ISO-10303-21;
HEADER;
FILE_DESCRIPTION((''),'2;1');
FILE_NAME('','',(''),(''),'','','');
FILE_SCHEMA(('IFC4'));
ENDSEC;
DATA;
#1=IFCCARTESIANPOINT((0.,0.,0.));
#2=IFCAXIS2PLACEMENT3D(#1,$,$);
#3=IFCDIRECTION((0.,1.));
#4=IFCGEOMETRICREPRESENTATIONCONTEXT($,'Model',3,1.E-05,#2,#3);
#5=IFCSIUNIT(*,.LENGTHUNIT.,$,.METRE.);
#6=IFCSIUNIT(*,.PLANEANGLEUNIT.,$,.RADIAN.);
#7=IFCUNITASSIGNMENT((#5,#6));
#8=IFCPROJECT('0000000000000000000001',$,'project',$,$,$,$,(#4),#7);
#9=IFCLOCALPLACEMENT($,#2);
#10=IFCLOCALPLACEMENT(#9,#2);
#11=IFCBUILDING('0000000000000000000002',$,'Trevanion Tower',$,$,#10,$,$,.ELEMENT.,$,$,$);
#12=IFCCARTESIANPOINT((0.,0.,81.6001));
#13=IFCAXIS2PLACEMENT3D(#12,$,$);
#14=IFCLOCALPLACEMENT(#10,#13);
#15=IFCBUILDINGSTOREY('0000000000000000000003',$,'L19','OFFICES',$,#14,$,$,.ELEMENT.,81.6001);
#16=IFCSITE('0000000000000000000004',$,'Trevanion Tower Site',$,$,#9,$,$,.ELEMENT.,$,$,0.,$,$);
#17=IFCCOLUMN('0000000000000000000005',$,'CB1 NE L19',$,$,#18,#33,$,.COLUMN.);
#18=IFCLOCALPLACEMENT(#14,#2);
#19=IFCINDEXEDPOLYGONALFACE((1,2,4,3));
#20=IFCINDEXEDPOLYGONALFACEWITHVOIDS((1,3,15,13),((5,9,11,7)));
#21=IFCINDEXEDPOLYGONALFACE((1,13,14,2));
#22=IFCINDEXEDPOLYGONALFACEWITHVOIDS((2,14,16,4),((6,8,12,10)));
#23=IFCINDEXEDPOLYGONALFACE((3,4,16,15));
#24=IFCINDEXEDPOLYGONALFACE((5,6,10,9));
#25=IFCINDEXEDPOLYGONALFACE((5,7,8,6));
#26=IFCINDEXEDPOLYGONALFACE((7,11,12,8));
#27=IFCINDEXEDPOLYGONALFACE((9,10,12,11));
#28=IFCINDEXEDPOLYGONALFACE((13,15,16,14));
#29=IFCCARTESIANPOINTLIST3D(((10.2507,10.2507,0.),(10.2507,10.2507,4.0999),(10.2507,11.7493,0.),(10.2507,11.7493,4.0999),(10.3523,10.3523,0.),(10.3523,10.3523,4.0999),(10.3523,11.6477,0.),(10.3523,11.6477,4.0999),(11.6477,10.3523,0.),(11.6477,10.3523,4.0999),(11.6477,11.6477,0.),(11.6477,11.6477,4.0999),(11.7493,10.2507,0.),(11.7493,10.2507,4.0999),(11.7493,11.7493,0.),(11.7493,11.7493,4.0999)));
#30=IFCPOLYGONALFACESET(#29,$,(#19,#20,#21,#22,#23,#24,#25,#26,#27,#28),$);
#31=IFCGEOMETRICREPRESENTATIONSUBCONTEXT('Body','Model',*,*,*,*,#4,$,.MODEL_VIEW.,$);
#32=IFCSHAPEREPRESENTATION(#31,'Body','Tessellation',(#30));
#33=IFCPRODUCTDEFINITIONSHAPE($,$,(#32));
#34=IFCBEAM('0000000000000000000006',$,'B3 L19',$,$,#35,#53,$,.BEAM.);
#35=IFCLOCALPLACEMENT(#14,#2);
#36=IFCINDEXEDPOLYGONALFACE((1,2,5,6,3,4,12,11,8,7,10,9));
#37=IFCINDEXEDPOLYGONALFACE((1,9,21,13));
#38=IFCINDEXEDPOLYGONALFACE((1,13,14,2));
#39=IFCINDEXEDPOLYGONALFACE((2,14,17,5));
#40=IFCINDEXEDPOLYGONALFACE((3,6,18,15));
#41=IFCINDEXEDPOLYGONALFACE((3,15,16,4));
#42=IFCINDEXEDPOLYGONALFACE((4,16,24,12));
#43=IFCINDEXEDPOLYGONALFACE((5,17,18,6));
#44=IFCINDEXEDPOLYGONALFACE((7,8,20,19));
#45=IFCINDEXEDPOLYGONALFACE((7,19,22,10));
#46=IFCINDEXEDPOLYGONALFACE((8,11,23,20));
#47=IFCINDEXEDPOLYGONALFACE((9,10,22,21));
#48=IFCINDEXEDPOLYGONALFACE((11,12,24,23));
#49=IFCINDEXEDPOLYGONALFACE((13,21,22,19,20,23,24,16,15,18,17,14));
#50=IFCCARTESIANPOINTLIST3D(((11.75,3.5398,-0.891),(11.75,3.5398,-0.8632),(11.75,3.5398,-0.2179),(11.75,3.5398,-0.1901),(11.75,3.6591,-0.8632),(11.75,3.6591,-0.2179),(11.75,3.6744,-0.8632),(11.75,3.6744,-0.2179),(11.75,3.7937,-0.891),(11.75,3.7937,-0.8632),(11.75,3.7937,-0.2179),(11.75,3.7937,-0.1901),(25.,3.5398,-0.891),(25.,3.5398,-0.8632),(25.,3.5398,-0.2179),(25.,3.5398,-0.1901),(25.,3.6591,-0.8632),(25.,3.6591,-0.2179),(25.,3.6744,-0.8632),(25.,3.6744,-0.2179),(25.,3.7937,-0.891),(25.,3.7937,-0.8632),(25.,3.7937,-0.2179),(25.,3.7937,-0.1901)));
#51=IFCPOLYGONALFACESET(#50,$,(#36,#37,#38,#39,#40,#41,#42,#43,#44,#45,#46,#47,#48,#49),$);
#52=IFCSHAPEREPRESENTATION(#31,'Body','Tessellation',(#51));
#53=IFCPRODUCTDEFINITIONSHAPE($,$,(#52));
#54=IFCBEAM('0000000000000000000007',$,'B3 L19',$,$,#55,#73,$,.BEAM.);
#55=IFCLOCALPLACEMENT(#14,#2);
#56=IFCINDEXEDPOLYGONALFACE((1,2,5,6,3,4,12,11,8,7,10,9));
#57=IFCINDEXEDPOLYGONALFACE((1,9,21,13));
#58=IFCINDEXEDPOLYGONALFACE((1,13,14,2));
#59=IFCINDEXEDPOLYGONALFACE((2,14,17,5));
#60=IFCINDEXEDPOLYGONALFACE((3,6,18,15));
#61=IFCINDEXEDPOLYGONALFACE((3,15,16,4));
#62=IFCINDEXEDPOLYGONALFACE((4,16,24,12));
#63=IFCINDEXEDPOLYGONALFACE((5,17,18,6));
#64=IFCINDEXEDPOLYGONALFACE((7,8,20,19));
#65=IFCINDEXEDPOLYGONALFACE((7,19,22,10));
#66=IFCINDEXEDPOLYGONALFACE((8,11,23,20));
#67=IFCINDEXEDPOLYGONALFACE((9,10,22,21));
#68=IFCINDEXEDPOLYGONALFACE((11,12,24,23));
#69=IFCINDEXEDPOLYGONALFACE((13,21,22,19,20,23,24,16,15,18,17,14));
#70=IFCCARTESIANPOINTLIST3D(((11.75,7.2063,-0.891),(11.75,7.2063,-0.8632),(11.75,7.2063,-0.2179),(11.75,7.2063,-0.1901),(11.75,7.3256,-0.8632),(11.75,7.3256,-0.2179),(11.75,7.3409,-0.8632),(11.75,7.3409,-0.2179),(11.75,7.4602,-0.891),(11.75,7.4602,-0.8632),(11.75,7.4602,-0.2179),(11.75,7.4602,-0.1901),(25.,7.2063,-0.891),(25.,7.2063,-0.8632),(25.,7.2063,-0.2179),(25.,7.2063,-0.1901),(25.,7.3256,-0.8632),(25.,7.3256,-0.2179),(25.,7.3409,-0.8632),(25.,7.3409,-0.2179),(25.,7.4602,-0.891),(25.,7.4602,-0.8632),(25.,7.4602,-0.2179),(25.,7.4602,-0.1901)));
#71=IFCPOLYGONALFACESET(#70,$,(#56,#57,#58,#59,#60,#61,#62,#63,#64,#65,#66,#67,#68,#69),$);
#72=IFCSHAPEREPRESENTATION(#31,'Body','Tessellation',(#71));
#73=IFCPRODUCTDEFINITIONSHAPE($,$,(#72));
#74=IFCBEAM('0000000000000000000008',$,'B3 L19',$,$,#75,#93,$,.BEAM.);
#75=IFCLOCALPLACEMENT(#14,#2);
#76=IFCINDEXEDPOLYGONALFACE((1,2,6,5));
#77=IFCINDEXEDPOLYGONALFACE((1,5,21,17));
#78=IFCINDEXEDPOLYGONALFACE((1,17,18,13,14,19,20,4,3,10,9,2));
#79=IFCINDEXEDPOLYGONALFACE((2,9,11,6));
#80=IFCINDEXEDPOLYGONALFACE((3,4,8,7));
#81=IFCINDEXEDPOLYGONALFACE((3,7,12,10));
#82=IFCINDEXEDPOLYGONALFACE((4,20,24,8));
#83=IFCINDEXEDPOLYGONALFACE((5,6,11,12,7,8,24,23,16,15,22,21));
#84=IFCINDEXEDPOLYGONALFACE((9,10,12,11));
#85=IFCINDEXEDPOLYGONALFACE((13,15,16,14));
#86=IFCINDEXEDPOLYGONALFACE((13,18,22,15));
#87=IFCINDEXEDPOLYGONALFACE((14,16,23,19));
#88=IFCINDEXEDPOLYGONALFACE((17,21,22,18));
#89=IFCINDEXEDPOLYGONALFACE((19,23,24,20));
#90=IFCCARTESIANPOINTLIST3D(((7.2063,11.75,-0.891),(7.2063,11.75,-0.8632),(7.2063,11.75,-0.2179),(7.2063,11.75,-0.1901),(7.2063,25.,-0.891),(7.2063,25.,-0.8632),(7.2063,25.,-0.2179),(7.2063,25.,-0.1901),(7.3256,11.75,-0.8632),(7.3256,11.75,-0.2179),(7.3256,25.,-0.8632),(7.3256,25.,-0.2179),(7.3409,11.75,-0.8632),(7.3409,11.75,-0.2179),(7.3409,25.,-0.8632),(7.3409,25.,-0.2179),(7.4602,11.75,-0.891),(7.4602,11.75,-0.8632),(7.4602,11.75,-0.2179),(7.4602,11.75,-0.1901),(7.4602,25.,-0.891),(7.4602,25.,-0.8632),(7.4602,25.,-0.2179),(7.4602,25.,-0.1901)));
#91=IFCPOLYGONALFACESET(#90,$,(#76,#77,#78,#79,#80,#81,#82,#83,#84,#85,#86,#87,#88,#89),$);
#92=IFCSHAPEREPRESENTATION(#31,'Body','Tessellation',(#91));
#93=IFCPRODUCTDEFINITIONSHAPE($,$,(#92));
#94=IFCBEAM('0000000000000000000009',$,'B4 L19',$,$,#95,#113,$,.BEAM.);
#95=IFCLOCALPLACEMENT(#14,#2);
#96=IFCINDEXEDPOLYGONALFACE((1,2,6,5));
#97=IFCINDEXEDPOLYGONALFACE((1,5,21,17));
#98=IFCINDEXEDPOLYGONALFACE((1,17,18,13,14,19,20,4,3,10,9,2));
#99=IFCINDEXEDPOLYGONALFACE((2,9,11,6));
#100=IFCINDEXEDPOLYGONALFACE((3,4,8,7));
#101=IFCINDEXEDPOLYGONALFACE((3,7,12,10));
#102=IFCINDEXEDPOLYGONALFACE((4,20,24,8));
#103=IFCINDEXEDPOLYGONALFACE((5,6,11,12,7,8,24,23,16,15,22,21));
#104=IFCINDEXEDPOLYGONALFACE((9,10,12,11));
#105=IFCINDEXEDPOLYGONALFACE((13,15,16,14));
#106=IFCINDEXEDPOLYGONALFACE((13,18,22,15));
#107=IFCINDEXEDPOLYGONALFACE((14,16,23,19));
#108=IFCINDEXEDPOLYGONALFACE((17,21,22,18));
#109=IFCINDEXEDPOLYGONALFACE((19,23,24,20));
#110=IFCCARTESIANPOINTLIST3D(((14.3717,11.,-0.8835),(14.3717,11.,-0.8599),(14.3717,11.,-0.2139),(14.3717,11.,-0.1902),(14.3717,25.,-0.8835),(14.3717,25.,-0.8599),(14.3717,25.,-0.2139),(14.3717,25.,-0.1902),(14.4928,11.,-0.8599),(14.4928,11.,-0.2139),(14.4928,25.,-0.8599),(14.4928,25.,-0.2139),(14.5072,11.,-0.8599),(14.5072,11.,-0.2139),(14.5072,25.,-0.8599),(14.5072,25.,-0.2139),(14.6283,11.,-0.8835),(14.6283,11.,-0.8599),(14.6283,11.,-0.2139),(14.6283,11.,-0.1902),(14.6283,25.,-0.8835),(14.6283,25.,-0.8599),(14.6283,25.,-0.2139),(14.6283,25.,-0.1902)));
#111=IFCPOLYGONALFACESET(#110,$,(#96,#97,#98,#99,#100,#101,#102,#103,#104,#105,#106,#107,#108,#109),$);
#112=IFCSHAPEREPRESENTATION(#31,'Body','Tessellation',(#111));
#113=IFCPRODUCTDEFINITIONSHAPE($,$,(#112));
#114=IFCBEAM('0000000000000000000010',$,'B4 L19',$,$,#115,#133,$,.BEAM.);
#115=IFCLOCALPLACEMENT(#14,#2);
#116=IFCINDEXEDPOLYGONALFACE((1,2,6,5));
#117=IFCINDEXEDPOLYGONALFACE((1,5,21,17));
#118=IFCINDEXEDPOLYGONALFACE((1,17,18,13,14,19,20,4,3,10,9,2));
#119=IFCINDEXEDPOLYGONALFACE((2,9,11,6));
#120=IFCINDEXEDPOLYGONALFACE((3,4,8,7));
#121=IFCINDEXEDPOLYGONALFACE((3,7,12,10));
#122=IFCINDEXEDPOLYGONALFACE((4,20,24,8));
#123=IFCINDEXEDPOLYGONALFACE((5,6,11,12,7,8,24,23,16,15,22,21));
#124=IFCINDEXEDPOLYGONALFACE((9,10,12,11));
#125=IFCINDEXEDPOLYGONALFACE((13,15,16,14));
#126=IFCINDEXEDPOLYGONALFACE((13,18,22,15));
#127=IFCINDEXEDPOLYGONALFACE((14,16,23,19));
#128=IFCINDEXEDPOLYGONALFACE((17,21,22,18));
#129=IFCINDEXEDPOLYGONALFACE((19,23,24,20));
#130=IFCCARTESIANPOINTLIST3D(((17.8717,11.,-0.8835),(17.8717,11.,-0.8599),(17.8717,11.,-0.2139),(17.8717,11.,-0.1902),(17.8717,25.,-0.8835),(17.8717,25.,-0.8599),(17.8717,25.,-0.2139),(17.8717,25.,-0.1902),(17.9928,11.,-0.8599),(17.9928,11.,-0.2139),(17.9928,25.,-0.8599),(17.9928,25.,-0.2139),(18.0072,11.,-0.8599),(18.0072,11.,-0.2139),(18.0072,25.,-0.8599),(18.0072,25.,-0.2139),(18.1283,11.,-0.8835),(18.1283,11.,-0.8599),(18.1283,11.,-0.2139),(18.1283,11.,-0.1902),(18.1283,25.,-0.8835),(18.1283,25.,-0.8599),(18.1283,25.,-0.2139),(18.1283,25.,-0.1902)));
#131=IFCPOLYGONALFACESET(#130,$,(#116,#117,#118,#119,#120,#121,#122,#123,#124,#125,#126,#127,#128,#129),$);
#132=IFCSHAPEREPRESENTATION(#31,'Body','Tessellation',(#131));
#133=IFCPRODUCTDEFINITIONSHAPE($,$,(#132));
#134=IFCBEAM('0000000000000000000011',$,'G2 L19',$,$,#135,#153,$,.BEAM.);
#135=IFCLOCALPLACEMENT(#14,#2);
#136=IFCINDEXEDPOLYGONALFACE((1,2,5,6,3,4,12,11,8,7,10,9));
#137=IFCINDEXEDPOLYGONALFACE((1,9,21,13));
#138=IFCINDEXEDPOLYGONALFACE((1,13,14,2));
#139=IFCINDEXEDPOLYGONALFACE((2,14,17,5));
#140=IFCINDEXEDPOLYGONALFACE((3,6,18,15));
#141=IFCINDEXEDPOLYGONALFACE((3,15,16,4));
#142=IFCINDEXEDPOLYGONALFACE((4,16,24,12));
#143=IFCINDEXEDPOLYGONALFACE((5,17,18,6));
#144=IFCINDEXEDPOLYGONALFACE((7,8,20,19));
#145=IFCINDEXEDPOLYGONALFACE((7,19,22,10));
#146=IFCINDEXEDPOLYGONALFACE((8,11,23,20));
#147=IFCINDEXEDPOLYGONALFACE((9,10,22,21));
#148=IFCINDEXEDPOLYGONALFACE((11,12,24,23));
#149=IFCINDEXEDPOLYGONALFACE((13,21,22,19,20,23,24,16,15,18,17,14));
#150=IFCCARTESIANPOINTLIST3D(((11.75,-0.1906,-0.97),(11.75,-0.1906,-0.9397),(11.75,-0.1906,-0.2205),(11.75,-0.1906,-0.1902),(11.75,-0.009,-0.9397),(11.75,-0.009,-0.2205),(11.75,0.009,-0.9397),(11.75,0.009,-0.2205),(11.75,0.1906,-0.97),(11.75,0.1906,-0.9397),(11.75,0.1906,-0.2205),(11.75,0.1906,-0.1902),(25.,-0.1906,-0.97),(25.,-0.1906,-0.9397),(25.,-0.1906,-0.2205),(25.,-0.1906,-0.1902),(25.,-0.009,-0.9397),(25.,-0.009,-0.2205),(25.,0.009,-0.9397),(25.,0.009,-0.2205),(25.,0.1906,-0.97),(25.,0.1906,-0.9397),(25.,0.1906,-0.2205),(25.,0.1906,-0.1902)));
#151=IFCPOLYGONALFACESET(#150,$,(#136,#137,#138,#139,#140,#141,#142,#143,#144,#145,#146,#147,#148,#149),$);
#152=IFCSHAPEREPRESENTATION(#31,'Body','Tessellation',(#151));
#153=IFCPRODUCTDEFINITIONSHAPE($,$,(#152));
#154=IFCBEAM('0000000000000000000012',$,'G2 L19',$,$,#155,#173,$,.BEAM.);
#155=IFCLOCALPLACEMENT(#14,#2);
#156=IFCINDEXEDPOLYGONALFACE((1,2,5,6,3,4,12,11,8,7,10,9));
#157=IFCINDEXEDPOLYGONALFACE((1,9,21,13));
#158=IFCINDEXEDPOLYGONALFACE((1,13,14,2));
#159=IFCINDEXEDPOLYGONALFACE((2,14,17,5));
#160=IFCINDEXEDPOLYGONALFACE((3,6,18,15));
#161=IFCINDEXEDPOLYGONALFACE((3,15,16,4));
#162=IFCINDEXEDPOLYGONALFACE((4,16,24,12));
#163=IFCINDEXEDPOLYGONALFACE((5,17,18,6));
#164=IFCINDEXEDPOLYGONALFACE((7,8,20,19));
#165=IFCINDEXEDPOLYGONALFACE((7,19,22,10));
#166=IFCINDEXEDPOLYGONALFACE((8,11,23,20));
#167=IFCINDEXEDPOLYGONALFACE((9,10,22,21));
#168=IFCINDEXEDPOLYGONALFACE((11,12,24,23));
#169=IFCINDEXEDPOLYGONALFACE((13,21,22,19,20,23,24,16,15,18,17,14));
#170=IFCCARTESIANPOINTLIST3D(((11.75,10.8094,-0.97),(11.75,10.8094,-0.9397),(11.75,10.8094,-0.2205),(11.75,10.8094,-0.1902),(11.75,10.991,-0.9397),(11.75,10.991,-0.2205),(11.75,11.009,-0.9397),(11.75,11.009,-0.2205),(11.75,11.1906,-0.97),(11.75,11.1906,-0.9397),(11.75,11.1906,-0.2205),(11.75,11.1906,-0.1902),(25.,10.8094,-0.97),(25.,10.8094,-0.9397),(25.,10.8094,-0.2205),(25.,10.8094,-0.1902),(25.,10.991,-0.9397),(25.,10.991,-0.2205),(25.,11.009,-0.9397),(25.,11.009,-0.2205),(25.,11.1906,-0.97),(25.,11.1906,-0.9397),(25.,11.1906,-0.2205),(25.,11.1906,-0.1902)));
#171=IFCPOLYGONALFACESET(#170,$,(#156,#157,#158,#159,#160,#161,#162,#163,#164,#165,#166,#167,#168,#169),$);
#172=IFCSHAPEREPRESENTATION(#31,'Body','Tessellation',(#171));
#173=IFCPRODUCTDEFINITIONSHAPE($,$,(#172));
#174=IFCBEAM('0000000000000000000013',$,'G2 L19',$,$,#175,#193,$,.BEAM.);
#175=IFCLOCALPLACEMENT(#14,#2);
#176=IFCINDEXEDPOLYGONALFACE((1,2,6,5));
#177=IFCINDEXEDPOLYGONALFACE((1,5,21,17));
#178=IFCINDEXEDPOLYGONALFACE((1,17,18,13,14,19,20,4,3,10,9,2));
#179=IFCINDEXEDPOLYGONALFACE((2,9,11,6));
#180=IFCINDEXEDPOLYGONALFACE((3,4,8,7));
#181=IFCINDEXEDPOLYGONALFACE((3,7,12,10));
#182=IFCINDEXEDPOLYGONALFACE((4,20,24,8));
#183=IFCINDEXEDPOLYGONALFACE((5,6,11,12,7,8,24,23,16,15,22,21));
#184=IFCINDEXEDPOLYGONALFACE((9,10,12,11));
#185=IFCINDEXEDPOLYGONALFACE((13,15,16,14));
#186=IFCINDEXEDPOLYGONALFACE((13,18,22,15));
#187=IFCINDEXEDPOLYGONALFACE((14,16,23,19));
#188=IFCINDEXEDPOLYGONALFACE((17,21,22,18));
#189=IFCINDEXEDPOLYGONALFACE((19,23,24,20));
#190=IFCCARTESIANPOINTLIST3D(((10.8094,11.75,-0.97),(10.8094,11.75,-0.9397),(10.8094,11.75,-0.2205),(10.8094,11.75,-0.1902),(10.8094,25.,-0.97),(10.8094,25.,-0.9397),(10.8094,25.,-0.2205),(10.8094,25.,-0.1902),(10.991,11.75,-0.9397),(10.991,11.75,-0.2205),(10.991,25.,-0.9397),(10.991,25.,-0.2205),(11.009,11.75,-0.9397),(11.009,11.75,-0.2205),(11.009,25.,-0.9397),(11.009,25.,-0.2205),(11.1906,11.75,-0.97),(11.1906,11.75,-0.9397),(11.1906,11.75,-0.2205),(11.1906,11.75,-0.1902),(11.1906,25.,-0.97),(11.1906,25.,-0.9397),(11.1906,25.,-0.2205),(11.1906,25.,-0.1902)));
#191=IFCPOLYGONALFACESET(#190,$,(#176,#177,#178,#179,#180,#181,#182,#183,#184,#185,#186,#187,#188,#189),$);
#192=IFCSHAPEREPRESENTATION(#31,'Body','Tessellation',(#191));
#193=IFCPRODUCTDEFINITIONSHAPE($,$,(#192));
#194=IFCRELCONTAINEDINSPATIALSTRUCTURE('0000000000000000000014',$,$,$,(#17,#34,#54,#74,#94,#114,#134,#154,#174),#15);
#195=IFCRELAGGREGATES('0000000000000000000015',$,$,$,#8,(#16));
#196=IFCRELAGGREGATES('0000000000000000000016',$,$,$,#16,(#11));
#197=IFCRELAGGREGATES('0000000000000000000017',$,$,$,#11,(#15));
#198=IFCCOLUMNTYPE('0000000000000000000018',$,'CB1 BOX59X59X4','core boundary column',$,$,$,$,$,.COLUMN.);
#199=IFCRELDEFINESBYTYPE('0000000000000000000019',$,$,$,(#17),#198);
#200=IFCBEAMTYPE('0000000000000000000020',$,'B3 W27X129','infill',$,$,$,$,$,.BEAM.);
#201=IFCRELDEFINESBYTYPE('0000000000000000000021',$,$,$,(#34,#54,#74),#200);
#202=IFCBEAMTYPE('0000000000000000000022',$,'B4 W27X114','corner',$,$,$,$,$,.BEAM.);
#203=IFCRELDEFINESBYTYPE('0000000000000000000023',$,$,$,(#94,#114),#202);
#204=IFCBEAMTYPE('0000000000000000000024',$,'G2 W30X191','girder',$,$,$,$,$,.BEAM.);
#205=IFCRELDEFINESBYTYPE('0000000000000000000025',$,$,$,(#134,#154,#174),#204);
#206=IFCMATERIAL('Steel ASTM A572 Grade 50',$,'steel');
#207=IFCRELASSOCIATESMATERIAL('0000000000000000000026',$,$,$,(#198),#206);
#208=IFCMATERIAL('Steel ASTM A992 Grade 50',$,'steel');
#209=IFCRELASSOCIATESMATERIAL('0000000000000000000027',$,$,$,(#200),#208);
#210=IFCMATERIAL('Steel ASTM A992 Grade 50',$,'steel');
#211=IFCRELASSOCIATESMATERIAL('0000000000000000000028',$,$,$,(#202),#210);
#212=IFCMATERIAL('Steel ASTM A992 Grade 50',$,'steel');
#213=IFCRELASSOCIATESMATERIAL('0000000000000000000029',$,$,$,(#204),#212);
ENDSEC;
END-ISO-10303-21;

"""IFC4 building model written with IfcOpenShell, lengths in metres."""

from ifc_helpers import new_model, si_unit, direction, frame, origin, origin_2d, place, context, subcontext, project, spatial, hollow_rectangle, i_section, extrude, material, material_profile, profile_set, type_object, element, save


model = new_model("IFC4")

# Units and contexts
model_context = context("Model", 3, precision=1e-05, world=origin(), true_north=direction((0.0, 1.0)))
body_context = subcontext(model_context, "Body", "Model", "MODEL_VIEW")
ifc_project = project(units=[si_unit("LENGTHUNIT", "METRE"), si_unit("PLANEANGLEUNIT", "RADIAN")], contexts=[model_context])

# Site, building, storey
site_placement = place(None, origin())
site = spatial("IfcSite", under=ifc_project, at=site_placement, Name="Trevanion Tower Site", CompositionType="ELEMENT", RefElevation=0.0)
building_placement = place(site_placement, origin())
building = spatial("IfcBuilding", under=site, at=building_placement, Name="Trevanion Tower", CompositionType="ELEMENT")
storey_placement = place(building_placement, frame((0.0, 0.0, 81.6001)))
storey = spatial("IfcBuildingStorey", under=building, at=storey_placement, Name="L19", Description="OFFICES", CompositionType="ELEMENT", Elevation=81.6001)

# Column
ifc_material_1 = material(Name="Steel ASTM A572 Grade 50", Category="steel")
ifc_material_profile_1 = material_profile(ifc_material_1, hollow_rectangle(XDim=1.4985, YDim=1.4985, WallThickness=0.1016, at=origin_2d()), Name="BOX59X59X4")
ifc_profile_set_1 = profile_set([ifc_material_profile_1], Name="Steel ASTM A572 Grade 50")
column_type = type_object("IfcColumnType", Name="CB1 BOX59X59X4", Description="core boundary column", PredefinedType="COLUMN", material=ifc_profile_set_1)
column_placement = place(storey_placement, frame((11.0, 11.0, 0.0), z_axis=(0.0, 0.0, 1.0), x_axis=(1.0, 0.0, 0.0)))
element("IfcColumn", 1, at=column_placement, inside=storey, type_object=column_type, Name="CB1 NE L19", PredefinedType="COLUMN", context=body_context, shape_type="SweptSolid", body=[
    extrude(hollow_rectangle(XDim=1.4985, YDim=1.4985, WallThickness=0.1016, at=origin_2d()), origin(), (0.0, 0.0, 1.0), 4.0999),
])

# Beams
ifc_material_2 = material(Name="Steel ASTM A992 Grade 50", Category="steel")
ifc_material_profile_2 = material_profile(ifc_material_2, i_section(OverallWidth=0.2539, OverallDepth=0.7009, WebThickness=0.0154, FlangeThickness=0.0278, at=origin_2d()), Name="W27X129")
ifc_profile_set_2 = profile_set([ifc_material_profile_2], Name="Steel ASTM A992 Grade 50")
beam_type_1 = type_object("IfcBeamType", Name="B3 W27X129", Description="infill", PredefinedType="BEAM", material=ifc_profile_set_2)
for number, where, z_axis, x_axis, name in (
    (2, (11.75, 3.6667, -0.5405), (1.0, 0.0, 0.0), (0.0, 1.0, 0.0), "B3 L19"),
    (3, (11.75, 7.3333, -0.5405), (1.0, 0.0, 0.0), (0.0, 1.0, 0.0), "B3 L19"),
    (4, (7.3333, 11.75, -0.5405), (0.0, 1.0, 0.0), (-1.0, 0.0, 0.0), "B3 L19"),
):
    element("IfcBeam", number, at=place(storey_placement, frame(where, z_axis=z_axis, x_axis=x_axis)), inside=storey, type_object=beam_type_1, Name=name, PredefinedType="BEAM", context=body_context, shape_type="SweptSolid", body=[
        extrude(i_section(OverallWidth=0.2539, OverallDepth=0.7009, WebThickness=0.0154, FlangeThickness=0.0278, at=origin_2d()), origin(), (0.0, 0.0, 1.0), 13.25),
    ])
ifc_material_3 = material(Name="Steel ASTM A992 Grade 50", Category="steel")
ifc_material_profile_3 = material_profile(ifc_material_3, i_section(OverallWidth=0.2566, OverallDepth=0.6934, WebThickness=0.0144, FlangeThickness=0.0237, at=origin_2d()), Name="W27X114")
ifc_profile_set_3 = profile_set([ifc_material_profile_3], Name="Steel ASTM A992 Grade 50")
beam_type_2 = type_object("IfcBeamType", Name="B4 W27X114", Description="corner", PredefinedType="BEAM", material=ifc_profile_set_3)
for number, where, z_axis, x_axis, name in (
    (5, (14.5, 11.0, -0.5369), (0.0, 1.0, 0.0), (-1.0, 0.0, 0.0), "B4 L19"),
    (6, (18.0, 11.0, -0.5369), (0.0, 1.0, 0.0), (-1.0, 0.0, 0.0), "B4 L19"),
):
    element("IfcBeam", number, at=place(storey_placement, frame(where, z_axis=z_axis, x_axis=x_axis)), inside=storey, type_object=beam_type_2, Name=name, PredefinedType="BEAM", context=body_context, shape_type="SweptSolid", body=[
        extrude(i_section(OverallWidth=0.2566, OverallDepth=0.6934, WebThickness=0.0144, FlangeThickness=0.0237, at=origin_2d()), origin(), (0.0, 0.0, 1.0), 14.0),
    ])
ifc_material_4 = material(Name="Steel ASTM A992 Grade 50", Category="steel")
ifc_material_profile_4 = material_profile(ifc_material_4, i_section(OverallWidth=0.3811, OverallDepth=0.7798, WebThickness=0.0181, FlangeThickness=0.0303, at=origin_2d()), Name="W30X191")
ifc_profile_set_4 = profile_set([ifc_material_profile_4], Name="Steel ASTM A992 Grade 50")
beam_type_3 = type_object("IfcBeamType", Name="G2 W30X191", Description="girder", PredefinedType="BEAM", material=ifc_profile_set_4)
for number, where, z_axis, x_axis, name in (
    (7, (11.75, 0.0, -0.5801), (1.0, 0.0, 0.0), (0.0, 1.0, 0.0), "G2 L19"),
    (8, (11.75, 11.0, -0.5801), (1.0, 0.0, 0.0), (0.0, 1.0, 0.0), "G2 L19"),
    (9, (11.0, 11.75, -0.5801), (0.0, 1.0, 0.0), (-1.0, 0.0, 0.0), "G2 L19"),
):
    element("IfcBeam", number, at=place(storey_placement, frame(where, z_axis=z_axis, x_axis=x_axis)), inside=storey, type_object=beam_type_3, Name=name, PredefinedType="BEAM", context=body_context, shape_type="SweptSolid", body=[
        extrude(i_section(OverallWidth=0.3811, OverallDepth=0.7798, WebThickness=0.0181, FlangeThickness=0.0303, at=origin_2d()), origin(), (0.0, 0.0, 1.0), 13.25),
    ])

save(model, "model.ifc")
